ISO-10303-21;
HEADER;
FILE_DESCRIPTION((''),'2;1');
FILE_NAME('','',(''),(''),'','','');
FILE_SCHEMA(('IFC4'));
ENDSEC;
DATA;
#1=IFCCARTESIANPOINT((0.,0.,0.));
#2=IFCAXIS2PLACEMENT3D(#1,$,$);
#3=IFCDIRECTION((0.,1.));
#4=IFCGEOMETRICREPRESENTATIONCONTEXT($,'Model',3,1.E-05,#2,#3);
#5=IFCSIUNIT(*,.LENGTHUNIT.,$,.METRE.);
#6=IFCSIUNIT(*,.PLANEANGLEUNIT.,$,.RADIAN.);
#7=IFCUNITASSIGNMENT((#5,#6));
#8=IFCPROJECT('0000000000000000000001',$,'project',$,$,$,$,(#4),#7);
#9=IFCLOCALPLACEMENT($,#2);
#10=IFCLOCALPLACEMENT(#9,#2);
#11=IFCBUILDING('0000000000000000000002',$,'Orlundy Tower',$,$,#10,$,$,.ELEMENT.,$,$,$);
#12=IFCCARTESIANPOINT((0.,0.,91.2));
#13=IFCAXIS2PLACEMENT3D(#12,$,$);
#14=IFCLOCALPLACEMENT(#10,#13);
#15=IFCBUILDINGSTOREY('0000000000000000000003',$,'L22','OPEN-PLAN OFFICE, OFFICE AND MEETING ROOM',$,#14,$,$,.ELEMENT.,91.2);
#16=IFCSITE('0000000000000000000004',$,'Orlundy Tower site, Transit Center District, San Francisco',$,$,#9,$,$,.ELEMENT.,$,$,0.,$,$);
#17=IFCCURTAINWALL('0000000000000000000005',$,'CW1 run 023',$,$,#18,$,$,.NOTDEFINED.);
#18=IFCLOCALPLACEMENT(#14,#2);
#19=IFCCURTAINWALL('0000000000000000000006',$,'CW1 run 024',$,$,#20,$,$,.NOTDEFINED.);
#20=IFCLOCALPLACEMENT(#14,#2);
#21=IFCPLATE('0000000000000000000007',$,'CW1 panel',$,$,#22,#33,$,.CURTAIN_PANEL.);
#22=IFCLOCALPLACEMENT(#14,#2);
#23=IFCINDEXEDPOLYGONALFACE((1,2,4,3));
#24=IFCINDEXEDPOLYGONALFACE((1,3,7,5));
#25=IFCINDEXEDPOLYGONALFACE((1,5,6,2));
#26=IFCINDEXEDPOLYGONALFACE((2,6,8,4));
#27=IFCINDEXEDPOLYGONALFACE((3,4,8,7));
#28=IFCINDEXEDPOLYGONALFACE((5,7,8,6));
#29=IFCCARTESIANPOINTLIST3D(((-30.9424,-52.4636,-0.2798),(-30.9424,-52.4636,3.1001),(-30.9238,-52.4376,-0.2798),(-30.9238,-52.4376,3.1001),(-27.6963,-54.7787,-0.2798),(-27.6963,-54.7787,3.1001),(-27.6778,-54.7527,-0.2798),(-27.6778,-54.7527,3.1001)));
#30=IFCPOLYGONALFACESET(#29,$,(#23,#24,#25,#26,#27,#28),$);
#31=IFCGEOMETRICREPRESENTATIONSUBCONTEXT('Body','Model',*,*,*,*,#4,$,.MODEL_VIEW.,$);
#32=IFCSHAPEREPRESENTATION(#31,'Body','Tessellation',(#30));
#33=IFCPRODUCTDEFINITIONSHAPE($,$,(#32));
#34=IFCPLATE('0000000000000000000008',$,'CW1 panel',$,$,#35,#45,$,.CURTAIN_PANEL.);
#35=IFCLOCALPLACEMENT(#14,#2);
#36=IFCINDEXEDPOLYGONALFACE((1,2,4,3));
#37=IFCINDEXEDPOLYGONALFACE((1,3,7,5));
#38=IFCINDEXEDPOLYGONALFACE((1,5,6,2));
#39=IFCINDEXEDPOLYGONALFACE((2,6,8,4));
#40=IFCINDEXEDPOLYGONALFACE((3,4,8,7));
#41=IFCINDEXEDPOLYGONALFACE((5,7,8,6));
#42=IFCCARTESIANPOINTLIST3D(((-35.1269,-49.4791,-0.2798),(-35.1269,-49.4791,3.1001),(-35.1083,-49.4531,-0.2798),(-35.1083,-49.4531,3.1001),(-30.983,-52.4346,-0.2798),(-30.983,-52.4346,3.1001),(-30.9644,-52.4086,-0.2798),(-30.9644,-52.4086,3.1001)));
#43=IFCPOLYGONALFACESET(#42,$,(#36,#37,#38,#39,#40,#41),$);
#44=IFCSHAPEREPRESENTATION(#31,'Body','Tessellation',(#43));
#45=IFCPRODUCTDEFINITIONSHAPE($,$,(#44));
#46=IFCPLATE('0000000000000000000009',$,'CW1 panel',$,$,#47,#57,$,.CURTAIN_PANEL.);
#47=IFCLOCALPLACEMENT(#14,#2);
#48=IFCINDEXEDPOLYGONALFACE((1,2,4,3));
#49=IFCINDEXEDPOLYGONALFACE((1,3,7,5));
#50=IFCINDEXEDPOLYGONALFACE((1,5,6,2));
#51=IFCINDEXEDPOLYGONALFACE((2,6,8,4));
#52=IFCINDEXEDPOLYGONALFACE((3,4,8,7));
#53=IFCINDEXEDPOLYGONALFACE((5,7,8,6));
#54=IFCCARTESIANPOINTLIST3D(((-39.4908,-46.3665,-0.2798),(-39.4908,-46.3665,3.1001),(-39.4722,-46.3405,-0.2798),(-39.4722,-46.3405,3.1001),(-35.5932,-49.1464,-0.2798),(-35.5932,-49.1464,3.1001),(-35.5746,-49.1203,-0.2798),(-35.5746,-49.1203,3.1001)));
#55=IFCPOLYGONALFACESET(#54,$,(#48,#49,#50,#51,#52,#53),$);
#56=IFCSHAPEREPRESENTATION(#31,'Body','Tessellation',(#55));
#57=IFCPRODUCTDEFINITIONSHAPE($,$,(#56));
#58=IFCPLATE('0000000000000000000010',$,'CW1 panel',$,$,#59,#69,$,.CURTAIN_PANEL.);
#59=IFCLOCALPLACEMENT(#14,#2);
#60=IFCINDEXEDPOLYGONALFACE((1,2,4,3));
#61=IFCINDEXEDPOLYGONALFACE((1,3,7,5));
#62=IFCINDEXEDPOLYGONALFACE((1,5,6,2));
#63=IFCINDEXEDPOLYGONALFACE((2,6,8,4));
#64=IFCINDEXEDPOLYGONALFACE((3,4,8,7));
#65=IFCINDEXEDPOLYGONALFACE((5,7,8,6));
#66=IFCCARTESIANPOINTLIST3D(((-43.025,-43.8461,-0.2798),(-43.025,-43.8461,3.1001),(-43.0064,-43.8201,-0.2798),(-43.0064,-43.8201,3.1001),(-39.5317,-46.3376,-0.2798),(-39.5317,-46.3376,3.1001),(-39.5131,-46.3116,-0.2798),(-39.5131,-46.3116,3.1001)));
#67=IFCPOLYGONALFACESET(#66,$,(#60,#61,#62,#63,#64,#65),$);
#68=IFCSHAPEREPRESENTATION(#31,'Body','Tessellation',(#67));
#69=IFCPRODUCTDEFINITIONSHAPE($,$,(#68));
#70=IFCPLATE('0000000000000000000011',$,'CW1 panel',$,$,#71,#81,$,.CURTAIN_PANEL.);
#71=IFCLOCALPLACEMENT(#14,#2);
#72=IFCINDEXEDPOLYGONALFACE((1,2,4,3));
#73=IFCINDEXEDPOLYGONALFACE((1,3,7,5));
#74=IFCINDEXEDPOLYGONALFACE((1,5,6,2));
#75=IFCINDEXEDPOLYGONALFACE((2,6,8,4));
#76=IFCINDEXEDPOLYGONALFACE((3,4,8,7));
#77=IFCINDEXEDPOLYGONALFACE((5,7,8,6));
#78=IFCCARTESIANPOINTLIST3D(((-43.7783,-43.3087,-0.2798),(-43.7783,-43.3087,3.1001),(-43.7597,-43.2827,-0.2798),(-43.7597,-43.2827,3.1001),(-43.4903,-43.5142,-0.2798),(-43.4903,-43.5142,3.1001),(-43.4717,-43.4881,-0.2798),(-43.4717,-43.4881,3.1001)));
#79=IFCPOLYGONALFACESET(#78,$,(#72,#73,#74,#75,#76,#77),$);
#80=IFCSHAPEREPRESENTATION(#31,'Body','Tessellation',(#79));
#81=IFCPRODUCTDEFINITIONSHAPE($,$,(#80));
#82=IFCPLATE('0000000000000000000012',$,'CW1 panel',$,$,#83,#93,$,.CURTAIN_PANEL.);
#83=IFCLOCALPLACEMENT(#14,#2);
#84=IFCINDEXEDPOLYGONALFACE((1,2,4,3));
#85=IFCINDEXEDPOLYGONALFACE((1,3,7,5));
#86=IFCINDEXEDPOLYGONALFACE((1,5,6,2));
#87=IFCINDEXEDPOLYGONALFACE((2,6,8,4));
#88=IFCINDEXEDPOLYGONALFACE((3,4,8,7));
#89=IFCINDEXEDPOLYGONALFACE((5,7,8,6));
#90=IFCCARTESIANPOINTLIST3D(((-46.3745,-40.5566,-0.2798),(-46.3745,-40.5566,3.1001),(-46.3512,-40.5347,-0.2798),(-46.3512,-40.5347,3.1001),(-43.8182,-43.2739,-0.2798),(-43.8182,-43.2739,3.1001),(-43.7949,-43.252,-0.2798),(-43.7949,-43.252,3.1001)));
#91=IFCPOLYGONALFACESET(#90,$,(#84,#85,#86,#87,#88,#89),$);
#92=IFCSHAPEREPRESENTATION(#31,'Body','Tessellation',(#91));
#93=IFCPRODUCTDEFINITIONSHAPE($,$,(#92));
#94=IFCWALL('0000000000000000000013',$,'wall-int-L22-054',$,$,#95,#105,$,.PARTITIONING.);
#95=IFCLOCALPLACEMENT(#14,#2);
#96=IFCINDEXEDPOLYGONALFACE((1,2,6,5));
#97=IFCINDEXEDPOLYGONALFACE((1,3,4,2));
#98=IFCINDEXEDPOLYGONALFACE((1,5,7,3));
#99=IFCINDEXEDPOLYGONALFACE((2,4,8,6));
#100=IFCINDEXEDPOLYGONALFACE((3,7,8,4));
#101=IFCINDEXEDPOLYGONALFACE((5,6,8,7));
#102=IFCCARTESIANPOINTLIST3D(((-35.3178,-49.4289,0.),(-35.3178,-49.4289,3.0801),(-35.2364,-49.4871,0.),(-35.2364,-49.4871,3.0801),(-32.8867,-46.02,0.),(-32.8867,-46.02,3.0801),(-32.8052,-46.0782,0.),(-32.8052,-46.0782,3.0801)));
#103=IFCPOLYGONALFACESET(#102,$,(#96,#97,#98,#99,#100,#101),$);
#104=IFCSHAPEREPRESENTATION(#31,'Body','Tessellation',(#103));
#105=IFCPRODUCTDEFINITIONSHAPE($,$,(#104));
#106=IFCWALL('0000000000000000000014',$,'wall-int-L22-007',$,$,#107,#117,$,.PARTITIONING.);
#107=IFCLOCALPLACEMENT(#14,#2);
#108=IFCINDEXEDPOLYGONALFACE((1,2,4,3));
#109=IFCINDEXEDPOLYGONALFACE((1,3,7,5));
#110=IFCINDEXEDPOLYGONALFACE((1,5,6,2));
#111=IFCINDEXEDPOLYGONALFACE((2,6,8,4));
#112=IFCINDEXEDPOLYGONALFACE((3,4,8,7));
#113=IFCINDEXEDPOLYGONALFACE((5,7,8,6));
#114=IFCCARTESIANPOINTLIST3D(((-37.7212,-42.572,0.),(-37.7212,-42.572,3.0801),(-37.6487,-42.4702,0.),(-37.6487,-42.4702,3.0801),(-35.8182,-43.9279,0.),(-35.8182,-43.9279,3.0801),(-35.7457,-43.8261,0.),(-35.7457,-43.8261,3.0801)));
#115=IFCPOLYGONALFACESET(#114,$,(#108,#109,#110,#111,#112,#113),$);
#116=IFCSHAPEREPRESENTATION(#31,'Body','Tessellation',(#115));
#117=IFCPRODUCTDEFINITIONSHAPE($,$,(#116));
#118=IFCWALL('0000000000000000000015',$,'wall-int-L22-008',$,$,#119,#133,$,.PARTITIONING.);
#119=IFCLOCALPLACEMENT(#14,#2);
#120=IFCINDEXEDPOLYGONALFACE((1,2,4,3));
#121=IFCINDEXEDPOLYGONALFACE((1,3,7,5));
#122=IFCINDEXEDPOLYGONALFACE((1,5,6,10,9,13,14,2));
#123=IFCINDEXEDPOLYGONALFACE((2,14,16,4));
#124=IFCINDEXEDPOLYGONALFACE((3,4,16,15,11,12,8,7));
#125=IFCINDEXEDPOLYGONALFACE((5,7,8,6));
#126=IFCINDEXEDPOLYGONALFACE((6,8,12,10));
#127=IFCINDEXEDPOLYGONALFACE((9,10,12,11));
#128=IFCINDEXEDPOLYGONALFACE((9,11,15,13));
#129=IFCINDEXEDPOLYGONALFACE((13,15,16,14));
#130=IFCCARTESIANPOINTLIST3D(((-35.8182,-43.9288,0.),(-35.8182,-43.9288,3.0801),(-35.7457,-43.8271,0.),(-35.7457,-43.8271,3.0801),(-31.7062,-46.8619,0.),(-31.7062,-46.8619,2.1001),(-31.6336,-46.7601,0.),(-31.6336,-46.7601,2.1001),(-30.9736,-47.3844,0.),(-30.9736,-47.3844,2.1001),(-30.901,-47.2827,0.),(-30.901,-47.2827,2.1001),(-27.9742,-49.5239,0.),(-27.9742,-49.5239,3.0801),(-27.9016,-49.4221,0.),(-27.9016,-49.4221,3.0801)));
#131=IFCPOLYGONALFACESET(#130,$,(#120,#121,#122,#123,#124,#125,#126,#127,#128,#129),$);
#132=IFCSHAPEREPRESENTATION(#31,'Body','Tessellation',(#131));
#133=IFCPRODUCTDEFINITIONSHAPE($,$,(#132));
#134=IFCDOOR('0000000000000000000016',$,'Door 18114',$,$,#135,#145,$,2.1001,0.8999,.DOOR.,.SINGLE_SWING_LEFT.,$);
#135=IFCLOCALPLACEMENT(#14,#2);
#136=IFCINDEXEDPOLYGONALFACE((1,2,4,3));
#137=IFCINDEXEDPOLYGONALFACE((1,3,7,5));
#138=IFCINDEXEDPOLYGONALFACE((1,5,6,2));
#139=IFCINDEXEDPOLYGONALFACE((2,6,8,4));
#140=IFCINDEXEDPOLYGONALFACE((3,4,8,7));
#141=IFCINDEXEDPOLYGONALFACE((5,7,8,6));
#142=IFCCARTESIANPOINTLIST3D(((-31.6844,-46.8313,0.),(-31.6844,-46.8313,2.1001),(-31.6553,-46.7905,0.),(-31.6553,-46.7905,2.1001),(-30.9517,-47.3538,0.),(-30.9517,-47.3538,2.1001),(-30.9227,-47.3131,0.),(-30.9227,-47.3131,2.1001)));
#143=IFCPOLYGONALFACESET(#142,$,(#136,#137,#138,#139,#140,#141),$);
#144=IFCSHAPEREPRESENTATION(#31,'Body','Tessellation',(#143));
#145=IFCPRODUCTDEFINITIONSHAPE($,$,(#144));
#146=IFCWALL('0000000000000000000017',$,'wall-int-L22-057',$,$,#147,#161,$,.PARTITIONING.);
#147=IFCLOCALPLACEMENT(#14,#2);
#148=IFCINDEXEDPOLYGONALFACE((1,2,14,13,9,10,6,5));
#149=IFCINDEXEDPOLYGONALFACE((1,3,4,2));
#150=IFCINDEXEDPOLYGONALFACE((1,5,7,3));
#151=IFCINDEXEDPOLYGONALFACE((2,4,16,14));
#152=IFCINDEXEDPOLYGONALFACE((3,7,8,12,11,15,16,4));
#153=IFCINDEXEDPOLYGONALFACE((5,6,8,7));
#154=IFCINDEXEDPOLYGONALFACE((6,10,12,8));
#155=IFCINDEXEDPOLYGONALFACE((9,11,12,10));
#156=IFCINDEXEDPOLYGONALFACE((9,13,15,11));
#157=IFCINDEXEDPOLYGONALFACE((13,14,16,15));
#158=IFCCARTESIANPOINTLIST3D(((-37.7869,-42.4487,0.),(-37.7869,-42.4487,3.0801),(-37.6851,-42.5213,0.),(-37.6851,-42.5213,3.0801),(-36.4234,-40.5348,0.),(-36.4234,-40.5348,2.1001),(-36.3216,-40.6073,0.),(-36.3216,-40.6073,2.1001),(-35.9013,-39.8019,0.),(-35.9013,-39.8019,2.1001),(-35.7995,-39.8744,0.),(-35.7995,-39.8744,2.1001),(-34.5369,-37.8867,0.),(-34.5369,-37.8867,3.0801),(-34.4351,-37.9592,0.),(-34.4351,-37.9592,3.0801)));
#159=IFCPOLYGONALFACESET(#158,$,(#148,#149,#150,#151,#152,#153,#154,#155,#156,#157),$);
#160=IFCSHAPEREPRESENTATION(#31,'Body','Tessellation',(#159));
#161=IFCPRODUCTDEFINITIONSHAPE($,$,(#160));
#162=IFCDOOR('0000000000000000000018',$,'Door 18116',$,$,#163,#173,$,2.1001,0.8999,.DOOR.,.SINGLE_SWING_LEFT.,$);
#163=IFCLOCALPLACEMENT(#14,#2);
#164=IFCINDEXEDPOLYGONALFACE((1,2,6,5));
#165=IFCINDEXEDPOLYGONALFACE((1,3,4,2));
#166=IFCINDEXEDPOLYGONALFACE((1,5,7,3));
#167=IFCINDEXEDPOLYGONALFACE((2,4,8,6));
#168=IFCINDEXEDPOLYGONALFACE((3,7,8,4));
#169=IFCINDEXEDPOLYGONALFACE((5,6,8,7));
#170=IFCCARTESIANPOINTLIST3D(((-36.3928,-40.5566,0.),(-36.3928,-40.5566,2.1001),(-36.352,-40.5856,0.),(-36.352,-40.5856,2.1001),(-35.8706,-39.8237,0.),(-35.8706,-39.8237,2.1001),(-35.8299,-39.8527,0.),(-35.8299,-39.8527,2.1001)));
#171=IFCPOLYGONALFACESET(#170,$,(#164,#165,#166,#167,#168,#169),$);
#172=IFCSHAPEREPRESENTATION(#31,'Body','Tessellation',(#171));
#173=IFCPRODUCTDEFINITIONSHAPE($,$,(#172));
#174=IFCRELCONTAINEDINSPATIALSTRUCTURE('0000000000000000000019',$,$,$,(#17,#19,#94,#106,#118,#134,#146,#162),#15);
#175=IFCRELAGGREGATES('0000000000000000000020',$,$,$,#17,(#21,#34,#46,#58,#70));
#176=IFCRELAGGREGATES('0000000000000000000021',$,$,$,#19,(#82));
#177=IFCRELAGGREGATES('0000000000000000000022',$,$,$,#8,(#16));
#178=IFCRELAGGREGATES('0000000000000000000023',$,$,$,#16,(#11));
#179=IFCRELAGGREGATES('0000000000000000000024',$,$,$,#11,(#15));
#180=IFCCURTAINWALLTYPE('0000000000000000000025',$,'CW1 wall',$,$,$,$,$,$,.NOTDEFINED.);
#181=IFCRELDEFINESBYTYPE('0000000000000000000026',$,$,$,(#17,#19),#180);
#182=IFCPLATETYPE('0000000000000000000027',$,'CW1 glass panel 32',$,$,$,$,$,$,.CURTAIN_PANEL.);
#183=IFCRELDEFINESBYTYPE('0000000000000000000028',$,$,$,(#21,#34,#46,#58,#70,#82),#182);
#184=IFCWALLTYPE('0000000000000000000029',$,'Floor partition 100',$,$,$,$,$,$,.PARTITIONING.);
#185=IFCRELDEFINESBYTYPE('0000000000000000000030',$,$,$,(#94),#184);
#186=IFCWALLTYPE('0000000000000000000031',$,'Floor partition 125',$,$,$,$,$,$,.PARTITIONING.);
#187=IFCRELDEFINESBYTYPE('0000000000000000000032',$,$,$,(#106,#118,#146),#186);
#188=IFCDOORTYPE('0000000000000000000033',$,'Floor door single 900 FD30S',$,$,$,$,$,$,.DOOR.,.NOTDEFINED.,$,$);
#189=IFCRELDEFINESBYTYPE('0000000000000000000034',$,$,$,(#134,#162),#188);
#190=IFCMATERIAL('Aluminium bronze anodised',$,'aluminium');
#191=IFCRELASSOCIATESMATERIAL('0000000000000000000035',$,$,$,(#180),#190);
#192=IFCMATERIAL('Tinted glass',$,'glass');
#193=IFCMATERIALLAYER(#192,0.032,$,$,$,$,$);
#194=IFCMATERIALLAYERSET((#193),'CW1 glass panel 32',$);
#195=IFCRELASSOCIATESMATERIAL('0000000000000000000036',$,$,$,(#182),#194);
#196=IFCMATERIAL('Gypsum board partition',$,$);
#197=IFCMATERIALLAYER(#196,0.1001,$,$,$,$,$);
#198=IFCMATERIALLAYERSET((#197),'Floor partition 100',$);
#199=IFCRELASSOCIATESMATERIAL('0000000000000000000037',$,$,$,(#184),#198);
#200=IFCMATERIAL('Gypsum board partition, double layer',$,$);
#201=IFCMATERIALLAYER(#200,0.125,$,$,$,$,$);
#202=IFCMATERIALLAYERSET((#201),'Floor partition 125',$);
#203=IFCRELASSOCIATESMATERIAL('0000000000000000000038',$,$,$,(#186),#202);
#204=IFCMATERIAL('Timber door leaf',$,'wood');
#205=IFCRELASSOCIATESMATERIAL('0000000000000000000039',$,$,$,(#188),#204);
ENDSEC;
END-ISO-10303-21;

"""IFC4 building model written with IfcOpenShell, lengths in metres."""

from ifc_helpers import new_model, si_unit, direction, frame, frame_2d, origin, origin_2d, place, context, subcontext, project, spatial, rectangle, extrude, material, layer, layer_set, type_object, element, fill, aggregate, save


model = new_model("IFC4")

# Units and contexts
model_context = context("Model", 3, precision=1e-05, world=origin(), true_north=direction((0.0, 1.0)))
body_context = subcontext(model_context, "Body", "Model", "MODEL_VIEW")
ifc_project = project(units=[si_unit("LENGTHUNIT", "METRE"), si_unit("PLANEANGLEUNIT", "RADIAN")], contexts=[model_context])

# Site, building, storey
site_placement = place(None, origin())
site = spatial("IfcSite", under=ifc_project, at=site_placement, Name="Orlundy Tower site, Transit Center District, San Francisco", CompositionType="ELEMENT", RefElevation=0.0)
building_placement = place(site_placement, origin())
building = spatial("IfcBuilding", under=site, at=building_placement, Name="Orlundy Tower", CompositionType="ELEMENT")
storey_placement = place(building_placement, frame((0.0, 0.0, 91.2)))
storey = spatial("IfcBuildingStorey", under=building, at=storey_placement, Name="L22", Description="OPEN-PLAN OFFICE, OFFICE AND MEETING ROOM", CompositionType="ELEMENT", Elevation=91.2)

# Shared definitions
ifc_material_1 = material(Name="Aluminium bronze anodised", Category="aluminium")
curtain_wall_type = type_object("IfcCurtainWallType", Name="CW1 wall", PredefinedType="NOTDEFINED", material=ifc_material_1)

# Curtain wall
curtain_wall_1_placement = place(storey_placement, origin())
curtain_wall_1 = element("IfcCurtainWall", 1, at=curtain_wall_1_placement, inside=storey, type_object=curtain_wall_type, Name="CW1 run 023", PredefinedType="NOTDEFINED")

# Curtain wall
curtain_wall_2_placement = place(storey_placement, origin())
curtain_wall_2 = element("IfcCurtainWall", 2, at=curtain_wall_2_placement, inside=storey, type_object=curtain_wall_type, Name="CW1 run 024", PredefinedType="NOTDEFINED")

# Plates
ifc_material_2 = material(Name="Tinted glass", Category="glass")
ifc_layer_1 = layer(ifc_material_2, 0.032)
ifc_layer_set_1 = layer_set([ifc_layer_1], Name="CW1 glass panel 32")
plate_type = type_object("IfcPlateType", Name="CW1 glass panel 32", PredefinedType="CURTAIN_PANEL", material=ifc_layer_set_1)
plate_1_placement = place(storey_placement, frame((-29.3101, -53.6082, -0.2798), z_axis=(0.0, 0.0, 1.0), x_axis=(-0.814142, 0.580666, 0.0)))
plate_1 = element("IfcPlate", 3, at=plate_1_placement, type_object=plate_type, Name="CW1 panel", PredefinedType="CURTAIN_PANEL", context=body_context, shape_type="SweptSolid", body=[
    extrude(rectangle(XDim=3.9871, YDim=0.032, at=origin_2d()), origin(), (0.0, 0.0, 1.0), 3.3799),
])
plate_2_placement = place(storey_placement, frame((-33.0457, -50.9438, -0.2798), z_axis=(0.0, 0.0, 1.0), x_axis=(-0.814142, 0.580666, 0.0)))
plate_2 = element("IfcPlate", 4, at=plate_2_placement, type_object=plate_type, Name="CW1 panel", PredefinedType="CURTAIN_PANEL", context=body_context, shape_type="SweptSolid", body=[
    extrude(rectangle(XDim=5.0898, YDim=0.032, at=origin_2d()), origin(), (0.0, 0.0, 1.0), 3.3799),
])
plate_3_placement = place(storey_placement, frame((-37.5327, -47.7434, -0.2798), z_axis=(0.0, 0.0, 1.0), x_axis=(-0.814142, 0.580666, 0.0)))
plate_3 = element("IfcPlate", 5, at=plate_3_placement, type_object=plate_type, Name="CW1 panel", PredefinedType="CURTAIN_PANEL", context=body_context, shape_type="SweptSolid", body=[
    extrude(rectangle(XDim=4.7874, YDim=0.032, at=origin_2d()), origin(), (0.0, 0.0, 1.0), 3.3799),
])
plate_4_placement = place(storey_placement, frame((-41.269, -45.0789, -0.2798), z_axis=(0.0, 0.0, 1.0), x_axis=(-0.814142, 0.580666, 0.0)))
plate_4 = element("IfcPlate", 6, at=plate_4_placement, type_object=plate_type, Name="CW1 panel", PredefinedType="CURTAIN_PANEL", context=body_context, shape_type="SweptSolid", body=[
    extrude(rectangle(XDim=4.2908, YDim=0.032, at=origin_2d()), origin(), (0.0, 0.0, 1.0), 3.3799),
])
plate_5_placement = place(storey_placement, frame((-43.625, -43.3984, -0.2798), z_axis=(0.0, 0.0, 1.0), x_axis=(-0.814142, 0.580666, 0.0)))
plate_5 = element("IfcPlate", 7, at=plate_5_placement, type_object=plate_type, Name="CW1 panel", PredefinedType="CURTAIN_PANEL", context=body_context, shape_type="SweptSolid", body=[
    extrude(rectangle(XDim=0.3538, YDim=0.032, at=origin_2d()), origin(), (0.0, 0.0, 1.0), 3.3799),
])
aggregate(curtain_wall_1, [plate_1, plate_2, plate_3, plate_4, plate_5])
plate_6_placement = place(storey_placement, frame((-45.0847, -41.9043, -0.2798), z_axis=(0.0, 0.0, 1.0), x_axis=(-0.685196, 0.728358, 0.0)))
plate_6 = element("IfcPlate", 8, at=plate_6_placement, type_object=plate_type, Name="CW1 panel", PredefinedType="CURTAIN_PANEL", context=body_context, shape_type="SweptSolid", body=[
    extrude(rectangle(XDim=3.7307, YDim=0.032, at=origin_2d()), origin(), (0.0, 0.0, 1.0), 3.3799),
])
aggregate(curtain_wall_2, [plate_6])

# Walls
ifc_material_3 = material(Name="Gypsum board partition")
ifc_layer_2 = layer(ifc_material_3, 0.1001)
ifc_layer_set_2 = layer_set([ifc_layer_2], Name="Floor partition 100")
wall_type_1 = type_object("IfcWallType", Name="Floor partition 100", PredefinedType="PARTITIONING", material=ifc_layer_set_2)
wall_1_placement = place(storey_placement, frame((-35.2771, -49.458, 0.0), z_axis=(0.0, 0.0, 1.0), x_axis=(0.580637, 0.814163, 0.0)))
element("IfcWall", 9, at=wall_1_placement, inside=storey, type_object=wall_type_1, Name="wall-int-L22-054", PredefinedType="PARTITIONING", context=body_context, shape_type="SweptSolid", body=[
    extrude(rectangle(XDim=4.187, YDim=0.1001, at=frame_2d((2.0935, 0.0))), origin(), (0.0, 0.0, 1.0), 3.0801),
])
ifc_material_4 = material(Name="Gypsum board partition, double layer")
ifc_layer_3 = layer(ifc_material_4, 0.125)
ifc_layer_set_3 = layer_set([ifc_layer_3], Name="Floor partition 125")
wall_type_2 = type_object("IfcWallType", Name="Floor partition 125", PredefinedType="PARTITIONING", material=ifc_layer_set_3)
wall_2_placement = place(storey_placement, frame((-37.6851, -42.521, 0.0), z_axis=(0.0, 0.0, 1.0), x_axis=(0.814418, -0.580279, 0.0)))
element("IfcWall", 10, at=wall_2_placement, inside=storey, type_object=wall_type_2, Name="wall-int-L22-007", PredefinedType="PARTITIONING", context=body_context, shape_type="SweptSolid", body=[
    extrude(rectangle(XDim=2.3367, YDim=0.125, at=frame_2d((1.1685, 0.0))), origin(), (0.0, 0.0, 1.0), 3.0801),
])

# Walls, openings, doors
wall_3_placement = place(storey_placement, frame((-27.938, -49.4729, 0.0), z_axis=(0.0, 0.0, 1.0), x_axis=(-0.81412, 0.580696, 0.0)))
wall_3 = element("IfcWall", 11, at=wall_3_placement, inside=storey, type_object=wall_type_2, Name="wall-int-L22-008", PredefinedType="PARTITIONING", context=body_context, shape_type="SweptSolid", body=[
    extrude(rectangle(XDim=9.635, YDim=0.125, at=frame_2d((4.8174, 0.0))), origin(), (0.0, 0.0, 1.0), 3.0801),
])
opening_1_placement = place(wall_3_placement, frame((3.6841, 0.0, 0.0)))
opening_1 = element("IfcOpeningElement", 12, at=opening_1_placement, cuts=wall_3, PredefinedType="OPENING", context=body_context, shape_type="SweptSolid", body=[
    extrude(rectangle(XDim=0.8999, YDim=2.1001, at=frame_2d((0.45, 1.05))), frame((0.0, 0.0725, 0.0), z_axis=(0.0, -1.0, 0.0), x_axis=(1.0, 0.0, 0.0)), (0.0, 0.0, 1.0), 0.145),
])
ifc_material_5 = material(Name="Timber door leaf", Category="wood")
door_type_1 = type_object("IfcDoorType", Name="Floor door single 900 FD30S", OperationType="NOTDEFINED", PredefinedType="DOOR", material=ifc_material_5)
door_1_placement = place(opening_1_placement, origin())
door_1 = element("IfcDoor", 13, at=door_1_placement, inside=storey, type_object=door_type_1, Name="Door 18114", OperationType="SINGLE_SWING_LEFT", OverallHeight=2.1001, OverallWidth=0.8999, PredefinedType="DOOR", context=body_context, shape_type="SweptSolid", body=[
    extrude(rectangle(XDim=0.8999, YDim=2.1001, at=frame_2d((0.45, 1.05))), frame((0.0, 0.0249, 0.0), z_axis=(0.0, -1.0, 0.0), x_axis=(1.0, 0.0, 0.0)), (0.0, 0.0, 1.0), 0.05),
])
fill(opening_1, door_1)
wall_4_placement = place(storey_placement, frame((-37.7361, -42.4851, 0.0), z_axis=(0.0, 0.0, 1.0), x_axis=(0.580223, 0.814457, 0.0)))
wall_4 = element("IfcWall", 14, at=wall_4_placement, inside=storey, type_object=wall_type_2, Name="wall-int-L22-057", PredefinedType="PARTITIONING", context=body_context, shape_type="SweptSolid", body=[
    extrude(rectangle(XDim=5.6013, YDim=0.125, at=frame_2d((2.8008, 0.0))), origin(), (0.0, 0.0, 1.0), 3.0801),
])
opening_2_placement = place(wall_4_placement, frame((2.3501, 0.0, 0.0)))
opening_2 = element("IfcOpeningElement", 15, at=opening_2_placement, cuts=wall_4, PredefinedType="OPENING", context=body_context, shape_type="SweptSolid", body=[
    extrude(rectangle(XDim=0.8999, YDim=2.1001, at=frame_2d((0.45, 1.05))), frame((0.0, 0.0725, 0.0), z_axis=(0.0, -1.0, 0.0), x_axis=(1.0, 0.0, 0.0)), (0.0, 0.0, 1.0), 0.145),
])
door_2_placement = place(opening_2_placement, origin())
door_2 = element("IfcDoor", 16, at=door_2_placement, inside=storey, type_object=door_type_1, Name="Door 18116", OperationType="SINGLE_SWING_LEFT", OverallHeight=2.1001, OverallWidth=0.8999, PredefinedType="DOOR", context=body_context, shape_type="SweptSolid", body=[
    extrude(rectangle(XDim=0.8999, YDim=2.1001, at=frame_2d((0.45, 1.05))), frame((0.0, 0.0249, 0.0), z_axis=(0.0, -1.0, 0.0), x_axis=(1.0, 0.0, 0.0)), (0.0, 0.0, 1.0), 0.05),
])
fill(opening_2, door_2)

save(model, "model.ifc")
